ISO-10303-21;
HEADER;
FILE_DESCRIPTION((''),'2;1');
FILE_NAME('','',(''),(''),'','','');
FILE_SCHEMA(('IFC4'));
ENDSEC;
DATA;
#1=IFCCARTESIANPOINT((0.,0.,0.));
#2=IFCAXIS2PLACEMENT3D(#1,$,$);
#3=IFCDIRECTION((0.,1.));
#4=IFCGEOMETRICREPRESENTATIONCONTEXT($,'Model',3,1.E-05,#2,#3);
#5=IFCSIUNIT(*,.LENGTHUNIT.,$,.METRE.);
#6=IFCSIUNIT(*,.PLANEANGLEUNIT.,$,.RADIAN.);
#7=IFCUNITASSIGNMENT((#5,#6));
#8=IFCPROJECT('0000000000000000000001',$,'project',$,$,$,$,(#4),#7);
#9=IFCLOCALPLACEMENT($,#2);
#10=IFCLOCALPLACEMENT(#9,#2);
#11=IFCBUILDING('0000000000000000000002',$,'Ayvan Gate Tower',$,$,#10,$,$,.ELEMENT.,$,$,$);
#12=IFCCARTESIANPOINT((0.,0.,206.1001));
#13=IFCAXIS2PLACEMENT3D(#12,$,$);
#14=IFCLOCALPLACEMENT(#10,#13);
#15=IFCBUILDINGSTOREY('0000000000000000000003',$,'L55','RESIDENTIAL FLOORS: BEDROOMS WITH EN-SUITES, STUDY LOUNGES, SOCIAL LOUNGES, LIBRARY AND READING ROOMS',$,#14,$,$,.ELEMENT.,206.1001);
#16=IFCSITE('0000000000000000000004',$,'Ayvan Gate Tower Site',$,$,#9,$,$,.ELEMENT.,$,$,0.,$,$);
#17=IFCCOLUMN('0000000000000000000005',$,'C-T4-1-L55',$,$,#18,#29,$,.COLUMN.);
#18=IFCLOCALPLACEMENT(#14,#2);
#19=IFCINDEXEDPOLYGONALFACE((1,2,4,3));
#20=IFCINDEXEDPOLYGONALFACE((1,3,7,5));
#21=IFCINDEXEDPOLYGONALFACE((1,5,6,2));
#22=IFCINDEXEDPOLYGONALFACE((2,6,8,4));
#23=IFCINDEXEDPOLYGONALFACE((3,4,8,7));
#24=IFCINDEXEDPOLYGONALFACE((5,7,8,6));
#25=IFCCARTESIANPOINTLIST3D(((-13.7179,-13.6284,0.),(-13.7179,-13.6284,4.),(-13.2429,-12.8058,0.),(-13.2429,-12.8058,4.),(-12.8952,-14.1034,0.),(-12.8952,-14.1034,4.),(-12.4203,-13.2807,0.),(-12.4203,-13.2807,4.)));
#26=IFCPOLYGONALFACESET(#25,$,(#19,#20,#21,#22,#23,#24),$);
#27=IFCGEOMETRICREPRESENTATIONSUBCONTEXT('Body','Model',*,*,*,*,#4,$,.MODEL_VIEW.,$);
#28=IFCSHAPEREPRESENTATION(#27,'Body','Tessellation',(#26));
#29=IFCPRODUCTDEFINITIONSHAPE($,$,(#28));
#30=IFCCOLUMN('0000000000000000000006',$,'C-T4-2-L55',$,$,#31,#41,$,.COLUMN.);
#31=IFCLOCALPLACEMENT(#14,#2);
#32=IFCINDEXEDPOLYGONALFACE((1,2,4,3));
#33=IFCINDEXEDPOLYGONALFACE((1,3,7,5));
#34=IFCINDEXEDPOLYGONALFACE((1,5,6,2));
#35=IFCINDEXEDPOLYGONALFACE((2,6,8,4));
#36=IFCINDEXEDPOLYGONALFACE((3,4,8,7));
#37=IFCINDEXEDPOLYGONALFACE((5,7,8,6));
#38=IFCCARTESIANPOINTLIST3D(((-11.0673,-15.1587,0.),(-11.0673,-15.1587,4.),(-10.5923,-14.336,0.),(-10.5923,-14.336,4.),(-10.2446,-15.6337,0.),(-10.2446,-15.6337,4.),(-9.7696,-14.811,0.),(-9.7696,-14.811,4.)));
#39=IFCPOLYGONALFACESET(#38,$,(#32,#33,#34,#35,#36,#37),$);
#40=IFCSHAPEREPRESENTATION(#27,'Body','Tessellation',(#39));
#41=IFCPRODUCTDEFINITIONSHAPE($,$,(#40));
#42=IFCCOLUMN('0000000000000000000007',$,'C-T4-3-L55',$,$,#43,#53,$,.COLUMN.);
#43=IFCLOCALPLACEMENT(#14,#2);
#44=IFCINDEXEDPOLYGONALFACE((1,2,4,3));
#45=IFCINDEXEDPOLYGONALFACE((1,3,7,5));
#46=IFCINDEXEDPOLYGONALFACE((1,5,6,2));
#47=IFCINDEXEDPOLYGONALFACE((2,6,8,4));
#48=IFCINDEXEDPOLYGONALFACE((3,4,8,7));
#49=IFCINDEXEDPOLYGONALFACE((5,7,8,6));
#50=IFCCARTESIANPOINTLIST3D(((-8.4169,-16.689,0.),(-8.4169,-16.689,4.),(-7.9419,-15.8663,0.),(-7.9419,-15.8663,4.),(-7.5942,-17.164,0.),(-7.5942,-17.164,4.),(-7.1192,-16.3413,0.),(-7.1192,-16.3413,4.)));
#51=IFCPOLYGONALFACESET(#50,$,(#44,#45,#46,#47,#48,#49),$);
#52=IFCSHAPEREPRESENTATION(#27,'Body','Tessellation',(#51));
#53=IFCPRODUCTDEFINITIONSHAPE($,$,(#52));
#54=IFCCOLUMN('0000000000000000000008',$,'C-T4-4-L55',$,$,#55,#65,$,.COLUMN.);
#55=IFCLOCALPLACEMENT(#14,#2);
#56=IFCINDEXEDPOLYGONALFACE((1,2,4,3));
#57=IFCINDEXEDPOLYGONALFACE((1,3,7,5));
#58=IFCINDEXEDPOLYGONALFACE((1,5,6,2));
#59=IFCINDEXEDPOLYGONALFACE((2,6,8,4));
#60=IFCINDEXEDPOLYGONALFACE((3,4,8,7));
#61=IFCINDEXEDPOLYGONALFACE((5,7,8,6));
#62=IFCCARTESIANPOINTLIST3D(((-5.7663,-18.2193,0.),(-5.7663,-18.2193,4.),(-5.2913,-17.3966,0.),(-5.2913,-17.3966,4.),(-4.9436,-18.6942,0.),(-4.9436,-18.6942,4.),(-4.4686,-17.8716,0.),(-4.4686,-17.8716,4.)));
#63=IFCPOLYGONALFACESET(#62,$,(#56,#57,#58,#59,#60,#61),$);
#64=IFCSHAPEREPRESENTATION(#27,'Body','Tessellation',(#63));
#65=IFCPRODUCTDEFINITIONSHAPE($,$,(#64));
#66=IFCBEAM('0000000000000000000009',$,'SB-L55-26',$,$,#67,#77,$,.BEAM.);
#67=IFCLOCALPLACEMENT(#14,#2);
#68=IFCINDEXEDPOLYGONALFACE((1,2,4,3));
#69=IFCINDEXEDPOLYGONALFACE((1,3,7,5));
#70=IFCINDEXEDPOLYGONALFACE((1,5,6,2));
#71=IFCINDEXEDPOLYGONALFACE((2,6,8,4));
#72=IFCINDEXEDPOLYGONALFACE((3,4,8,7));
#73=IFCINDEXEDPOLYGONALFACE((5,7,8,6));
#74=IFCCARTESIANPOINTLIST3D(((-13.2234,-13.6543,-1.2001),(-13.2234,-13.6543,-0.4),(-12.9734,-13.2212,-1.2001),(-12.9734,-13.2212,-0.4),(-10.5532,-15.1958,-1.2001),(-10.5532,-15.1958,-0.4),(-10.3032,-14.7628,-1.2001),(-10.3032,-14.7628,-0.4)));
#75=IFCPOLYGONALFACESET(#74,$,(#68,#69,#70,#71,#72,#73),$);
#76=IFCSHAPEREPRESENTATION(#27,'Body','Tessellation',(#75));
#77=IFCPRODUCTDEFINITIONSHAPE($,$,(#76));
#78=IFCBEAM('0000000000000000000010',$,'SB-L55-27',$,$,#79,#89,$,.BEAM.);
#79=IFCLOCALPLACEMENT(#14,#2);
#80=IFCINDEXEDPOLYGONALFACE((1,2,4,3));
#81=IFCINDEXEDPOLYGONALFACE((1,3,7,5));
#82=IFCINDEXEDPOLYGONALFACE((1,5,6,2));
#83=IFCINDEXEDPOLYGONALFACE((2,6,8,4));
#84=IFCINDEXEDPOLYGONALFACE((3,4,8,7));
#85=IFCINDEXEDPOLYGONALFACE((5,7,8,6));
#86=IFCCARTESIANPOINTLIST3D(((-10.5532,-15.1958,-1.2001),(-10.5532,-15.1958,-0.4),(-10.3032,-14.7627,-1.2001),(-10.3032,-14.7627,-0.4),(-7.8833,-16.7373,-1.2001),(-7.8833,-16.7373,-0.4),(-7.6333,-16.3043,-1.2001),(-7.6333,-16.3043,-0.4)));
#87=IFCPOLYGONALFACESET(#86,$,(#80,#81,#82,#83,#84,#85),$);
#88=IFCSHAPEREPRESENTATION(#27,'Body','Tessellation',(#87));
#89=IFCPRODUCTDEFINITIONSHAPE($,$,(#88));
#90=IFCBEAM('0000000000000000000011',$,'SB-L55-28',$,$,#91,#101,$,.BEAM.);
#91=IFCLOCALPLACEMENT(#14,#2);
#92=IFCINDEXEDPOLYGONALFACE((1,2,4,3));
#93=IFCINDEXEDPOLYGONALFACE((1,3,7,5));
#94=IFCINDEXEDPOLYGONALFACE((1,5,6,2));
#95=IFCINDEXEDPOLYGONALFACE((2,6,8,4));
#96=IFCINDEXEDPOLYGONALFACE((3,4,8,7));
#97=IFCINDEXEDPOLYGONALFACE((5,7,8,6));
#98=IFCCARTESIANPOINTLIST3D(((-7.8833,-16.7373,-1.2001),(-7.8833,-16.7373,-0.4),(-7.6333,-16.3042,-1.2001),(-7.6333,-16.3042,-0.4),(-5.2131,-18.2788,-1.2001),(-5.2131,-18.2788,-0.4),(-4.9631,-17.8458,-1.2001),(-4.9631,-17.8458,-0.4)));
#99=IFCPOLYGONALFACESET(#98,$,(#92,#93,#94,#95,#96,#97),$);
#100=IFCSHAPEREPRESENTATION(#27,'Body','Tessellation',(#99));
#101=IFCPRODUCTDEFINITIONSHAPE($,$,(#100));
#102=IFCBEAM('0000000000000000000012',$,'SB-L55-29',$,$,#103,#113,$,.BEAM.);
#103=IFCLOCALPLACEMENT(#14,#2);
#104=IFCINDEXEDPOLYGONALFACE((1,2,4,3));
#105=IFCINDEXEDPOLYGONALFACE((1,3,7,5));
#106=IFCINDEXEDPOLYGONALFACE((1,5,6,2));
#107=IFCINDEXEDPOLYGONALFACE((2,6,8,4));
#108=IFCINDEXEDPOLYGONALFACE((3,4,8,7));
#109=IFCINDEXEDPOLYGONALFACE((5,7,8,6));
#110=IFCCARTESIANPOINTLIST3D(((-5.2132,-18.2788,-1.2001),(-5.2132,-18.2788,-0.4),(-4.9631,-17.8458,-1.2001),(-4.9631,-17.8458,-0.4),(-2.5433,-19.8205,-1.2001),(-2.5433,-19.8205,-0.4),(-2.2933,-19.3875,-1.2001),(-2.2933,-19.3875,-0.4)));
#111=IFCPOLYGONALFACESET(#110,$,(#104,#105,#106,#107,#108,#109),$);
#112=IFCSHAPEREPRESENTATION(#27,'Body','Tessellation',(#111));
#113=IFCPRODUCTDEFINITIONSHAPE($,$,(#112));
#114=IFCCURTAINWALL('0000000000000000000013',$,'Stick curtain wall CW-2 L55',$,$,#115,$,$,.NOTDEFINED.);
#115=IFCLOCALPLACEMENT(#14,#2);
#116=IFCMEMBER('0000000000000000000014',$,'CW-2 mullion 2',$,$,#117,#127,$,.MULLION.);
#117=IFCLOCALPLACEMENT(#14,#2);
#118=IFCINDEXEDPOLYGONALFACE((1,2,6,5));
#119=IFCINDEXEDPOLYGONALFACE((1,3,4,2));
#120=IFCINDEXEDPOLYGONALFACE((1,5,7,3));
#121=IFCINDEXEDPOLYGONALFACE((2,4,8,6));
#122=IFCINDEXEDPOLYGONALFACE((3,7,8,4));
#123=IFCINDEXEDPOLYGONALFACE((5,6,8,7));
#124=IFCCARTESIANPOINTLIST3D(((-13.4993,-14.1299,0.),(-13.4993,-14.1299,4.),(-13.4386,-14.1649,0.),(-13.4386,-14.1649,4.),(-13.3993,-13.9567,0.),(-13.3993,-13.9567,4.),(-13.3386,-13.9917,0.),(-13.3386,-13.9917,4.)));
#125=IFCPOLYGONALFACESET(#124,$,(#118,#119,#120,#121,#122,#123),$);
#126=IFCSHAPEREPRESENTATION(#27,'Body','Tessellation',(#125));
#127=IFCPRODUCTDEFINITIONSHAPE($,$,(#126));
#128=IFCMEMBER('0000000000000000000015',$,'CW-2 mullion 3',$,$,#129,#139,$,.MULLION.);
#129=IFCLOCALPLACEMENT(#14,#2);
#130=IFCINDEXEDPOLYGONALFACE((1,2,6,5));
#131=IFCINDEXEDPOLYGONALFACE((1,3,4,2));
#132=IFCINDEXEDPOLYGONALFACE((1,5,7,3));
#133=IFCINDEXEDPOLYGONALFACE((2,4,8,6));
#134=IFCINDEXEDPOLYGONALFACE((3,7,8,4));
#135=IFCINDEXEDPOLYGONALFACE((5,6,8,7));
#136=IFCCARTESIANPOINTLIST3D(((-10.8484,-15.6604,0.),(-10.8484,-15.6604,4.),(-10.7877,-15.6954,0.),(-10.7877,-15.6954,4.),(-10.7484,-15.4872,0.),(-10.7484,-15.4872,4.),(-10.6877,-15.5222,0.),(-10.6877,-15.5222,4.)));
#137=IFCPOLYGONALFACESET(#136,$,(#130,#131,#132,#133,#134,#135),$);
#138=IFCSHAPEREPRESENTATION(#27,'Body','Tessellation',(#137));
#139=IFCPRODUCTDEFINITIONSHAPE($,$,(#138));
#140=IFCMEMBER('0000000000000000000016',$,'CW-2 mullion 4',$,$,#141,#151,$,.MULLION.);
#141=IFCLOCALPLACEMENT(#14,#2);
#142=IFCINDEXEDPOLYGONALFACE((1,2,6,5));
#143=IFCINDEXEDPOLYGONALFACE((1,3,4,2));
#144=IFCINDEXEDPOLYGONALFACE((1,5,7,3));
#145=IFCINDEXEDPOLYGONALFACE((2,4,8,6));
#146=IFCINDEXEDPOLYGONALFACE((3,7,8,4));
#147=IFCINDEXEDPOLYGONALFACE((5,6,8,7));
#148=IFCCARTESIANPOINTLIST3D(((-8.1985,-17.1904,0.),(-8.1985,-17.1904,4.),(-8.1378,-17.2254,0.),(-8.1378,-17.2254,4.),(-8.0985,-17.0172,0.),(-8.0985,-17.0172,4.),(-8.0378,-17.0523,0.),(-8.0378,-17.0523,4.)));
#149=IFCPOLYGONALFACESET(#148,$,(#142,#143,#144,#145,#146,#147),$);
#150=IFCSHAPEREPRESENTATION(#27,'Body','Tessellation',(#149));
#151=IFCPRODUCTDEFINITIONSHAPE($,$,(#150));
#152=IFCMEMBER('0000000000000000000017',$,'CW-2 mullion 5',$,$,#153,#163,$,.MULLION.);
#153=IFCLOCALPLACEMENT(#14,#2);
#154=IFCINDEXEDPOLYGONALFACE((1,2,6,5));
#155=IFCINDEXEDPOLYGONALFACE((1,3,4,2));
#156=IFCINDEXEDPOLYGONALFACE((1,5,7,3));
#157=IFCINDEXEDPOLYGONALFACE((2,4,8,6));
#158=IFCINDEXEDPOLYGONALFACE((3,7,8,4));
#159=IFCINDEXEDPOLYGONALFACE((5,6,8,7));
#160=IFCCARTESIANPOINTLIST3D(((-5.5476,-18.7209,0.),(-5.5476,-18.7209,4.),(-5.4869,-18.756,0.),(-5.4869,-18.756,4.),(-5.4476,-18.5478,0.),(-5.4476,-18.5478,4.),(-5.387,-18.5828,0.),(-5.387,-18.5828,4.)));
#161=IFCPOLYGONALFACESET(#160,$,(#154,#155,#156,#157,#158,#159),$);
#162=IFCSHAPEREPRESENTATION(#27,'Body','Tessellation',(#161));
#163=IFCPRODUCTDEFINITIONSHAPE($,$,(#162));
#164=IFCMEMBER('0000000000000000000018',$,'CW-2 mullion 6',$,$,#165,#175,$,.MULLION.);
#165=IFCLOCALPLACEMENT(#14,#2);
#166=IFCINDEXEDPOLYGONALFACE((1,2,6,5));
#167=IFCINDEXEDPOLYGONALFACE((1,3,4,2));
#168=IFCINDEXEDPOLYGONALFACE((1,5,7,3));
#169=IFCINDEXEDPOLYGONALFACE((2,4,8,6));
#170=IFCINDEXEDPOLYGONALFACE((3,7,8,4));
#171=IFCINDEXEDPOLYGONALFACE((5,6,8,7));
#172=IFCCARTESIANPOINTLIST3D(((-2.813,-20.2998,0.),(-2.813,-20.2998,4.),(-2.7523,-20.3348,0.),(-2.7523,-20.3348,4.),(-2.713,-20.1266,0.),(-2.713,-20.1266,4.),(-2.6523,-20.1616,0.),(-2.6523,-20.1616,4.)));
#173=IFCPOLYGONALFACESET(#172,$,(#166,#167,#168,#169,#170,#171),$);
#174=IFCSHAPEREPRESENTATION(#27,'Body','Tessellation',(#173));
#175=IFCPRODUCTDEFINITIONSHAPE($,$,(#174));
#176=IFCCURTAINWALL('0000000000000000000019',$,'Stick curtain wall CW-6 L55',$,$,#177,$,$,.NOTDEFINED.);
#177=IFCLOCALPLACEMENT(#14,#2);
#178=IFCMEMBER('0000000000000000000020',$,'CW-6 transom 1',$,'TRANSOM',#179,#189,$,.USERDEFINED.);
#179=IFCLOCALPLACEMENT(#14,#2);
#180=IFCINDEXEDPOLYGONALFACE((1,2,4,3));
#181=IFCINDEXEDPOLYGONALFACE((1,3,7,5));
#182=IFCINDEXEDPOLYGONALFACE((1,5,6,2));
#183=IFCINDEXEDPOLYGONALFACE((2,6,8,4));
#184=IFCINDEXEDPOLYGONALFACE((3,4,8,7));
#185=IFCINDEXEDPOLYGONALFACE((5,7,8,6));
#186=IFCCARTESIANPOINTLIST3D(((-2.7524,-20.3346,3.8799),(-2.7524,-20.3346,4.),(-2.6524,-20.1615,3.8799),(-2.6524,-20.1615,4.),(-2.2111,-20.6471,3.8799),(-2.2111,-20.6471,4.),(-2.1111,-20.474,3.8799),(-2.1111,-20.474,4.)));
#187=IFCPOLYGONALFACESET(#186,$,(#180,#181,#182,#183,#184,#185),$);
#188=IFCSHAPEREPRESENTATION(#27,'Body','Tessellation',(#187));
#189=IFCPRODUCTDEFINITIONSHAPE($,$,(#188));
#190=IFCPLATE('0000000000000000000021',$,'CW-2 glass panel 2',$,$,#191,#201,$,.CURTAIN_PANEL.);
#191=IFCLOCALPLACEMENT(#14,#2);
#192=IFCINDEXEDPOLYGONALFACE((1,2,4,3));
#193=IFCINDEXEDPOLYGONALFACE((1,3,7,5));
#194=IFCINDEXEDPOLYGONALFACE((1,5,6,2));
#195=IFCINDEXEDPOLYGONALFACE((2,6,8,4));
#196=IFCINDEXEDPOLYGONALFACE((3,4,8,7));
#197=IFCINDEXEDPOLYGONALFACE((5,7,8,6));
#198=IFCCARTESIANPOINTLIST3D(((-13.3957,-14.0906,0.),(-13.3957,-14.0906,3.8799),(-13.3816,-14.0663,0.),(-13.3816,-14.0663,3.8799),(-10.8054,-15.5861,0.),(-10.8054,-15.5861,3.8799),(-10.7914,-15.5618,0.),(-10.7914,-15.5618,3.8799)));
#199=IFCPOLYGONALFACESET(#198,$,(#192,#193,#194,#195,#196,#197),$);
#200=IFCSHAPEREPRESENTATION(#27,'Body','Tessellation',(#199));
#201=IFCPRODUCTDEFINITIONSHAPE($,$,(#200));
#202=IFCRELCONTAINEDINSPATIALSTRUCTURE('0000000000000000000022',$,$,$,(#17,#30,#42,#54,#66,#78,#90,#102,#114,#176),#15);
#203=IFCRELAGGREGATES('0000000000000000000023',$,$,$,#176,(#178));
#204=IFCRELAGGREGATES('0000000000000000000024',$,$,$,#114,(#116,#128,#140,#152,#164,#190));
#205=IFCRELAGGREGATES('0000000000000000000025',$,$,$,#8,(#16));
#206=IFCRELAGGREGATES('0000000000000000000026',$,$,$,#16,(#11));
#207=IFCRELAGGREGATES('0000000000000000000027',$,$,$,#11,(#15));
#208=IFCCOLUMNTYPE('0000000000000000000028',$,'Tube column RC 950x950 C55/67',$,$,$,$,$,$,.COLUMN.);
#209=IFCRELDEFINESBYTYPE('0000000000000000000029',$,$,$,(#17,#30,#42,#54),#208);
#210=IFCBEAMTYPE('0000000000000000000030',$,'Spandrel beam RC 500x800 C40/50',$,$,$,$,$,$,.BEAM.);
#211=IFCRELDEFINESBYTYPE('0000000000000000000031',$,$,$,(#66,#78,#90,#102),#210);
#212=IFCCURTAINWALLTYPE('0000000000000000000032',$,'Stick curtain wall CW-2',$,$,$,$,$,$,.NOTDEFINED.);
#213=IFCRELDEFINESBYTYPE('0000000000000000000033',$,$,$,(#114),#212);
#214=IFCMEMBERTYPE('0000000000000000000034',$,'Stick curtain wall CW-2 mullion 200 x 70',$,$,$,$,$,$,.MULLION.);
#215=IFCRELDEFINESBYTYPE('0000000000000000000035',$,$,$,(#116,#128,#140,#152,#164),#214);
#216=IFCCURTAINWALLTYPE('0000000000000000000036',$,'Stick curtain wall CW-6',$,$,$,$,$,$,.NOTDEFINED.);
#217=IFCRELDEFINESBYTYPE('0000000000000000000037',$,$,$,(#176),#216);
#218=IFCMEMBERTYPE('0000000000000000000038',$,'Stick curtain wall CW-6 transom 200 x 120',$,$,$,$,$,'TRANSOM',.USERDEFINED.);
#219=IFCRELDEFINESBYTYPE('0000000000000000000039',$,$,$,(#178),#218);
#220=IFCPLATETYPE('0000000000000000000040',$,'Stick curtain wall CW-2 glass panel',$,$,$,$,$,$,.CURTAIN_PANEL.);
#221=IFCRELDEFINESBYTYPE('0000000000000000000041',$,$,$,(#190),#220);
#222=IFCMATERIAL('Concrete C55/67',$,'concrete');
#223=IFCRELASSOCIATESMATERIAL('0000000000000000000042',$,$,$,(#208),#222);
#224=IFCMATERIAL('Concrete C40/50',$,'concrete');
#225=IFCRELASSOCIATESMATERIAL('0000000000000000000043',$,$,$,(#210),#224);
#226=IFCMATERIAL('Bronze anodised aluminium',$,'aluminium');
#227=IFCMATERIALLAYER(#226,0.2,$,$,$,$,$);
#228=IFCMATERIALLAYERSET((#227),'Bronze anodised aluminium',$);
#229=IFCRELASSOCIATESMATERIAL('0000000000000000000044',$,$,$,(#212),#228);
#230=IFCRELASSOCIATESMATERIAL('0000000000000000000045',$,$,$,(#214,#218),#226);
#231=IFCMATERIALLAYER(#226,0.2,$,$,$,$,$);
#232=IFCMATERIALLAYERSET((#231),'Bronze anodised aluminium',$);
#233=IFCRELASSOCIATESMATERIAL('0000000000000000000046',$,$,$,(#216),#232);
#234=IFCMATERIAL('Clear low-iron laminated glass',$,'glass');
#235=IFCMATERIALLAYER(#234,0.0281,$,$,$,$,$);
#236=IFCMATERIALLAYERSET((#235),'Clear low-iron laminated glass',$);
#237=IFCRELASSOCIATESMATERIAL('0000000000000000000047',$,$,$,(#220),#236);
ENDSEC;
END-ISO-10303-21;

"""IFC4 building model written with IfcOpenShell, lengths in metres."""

from ifc_helpers import new_model, si_unit, direction, frame, origin, origin_2d, place, context, subcontext, project, spatial, rectangle, extrude, material, layer, layer_set, material_profile, profile_set, type_object, element, aggregate, save


model = new_model("IFC4")

# Units and contexts
model_context = context("Model", 3, precision=1e-05, world=origin(), true_north=direction((0.0, 1.0)))
body_context = subcontext(model_context, "Body", "Model", "MODEL_VIEW")
ifc_project = project(units=[si_unit("LENGTHUNIT", "METRE"), si_unit("PLANEANGLEUNIT", "RADIAN")], contexts=[model_context])

# Site, building, storey
site_placement = place(None, origin())
site = spatial("IfcSite", under=ifc_project, at=site_placement, Name="Ayvan Gate Tower Site", CompositionType="ELEMENT", RefElevation=0.0)
building_placement = place(site_placement, origin())
building = spatial("IfcBuilding", under=site, at=building_placement, Name="Ayvan Gate Tower", CompositionType="ELEMENT")
storey_placement = place(building_placement, frame((0.0, 0.0, 206.1001)))
storey = spatial("IfcBuildingStorey", under=building, at=storey_placement, Name="L55", Description="RESIDENTIAL FLOORS: BEDROOMS WITH EN-SUITES, STUDY LOUNGES, SOCIAL LOUNGES, LIBRARY AND READING ROOMS", CompositionType="ELEMENT", Elevation=206.1001)

# Columns
ifc_material_1 = material(Name="Concrete C55/67", Category="concrete")
ifc_material_profile_1 = material_profile(ifc_material_1, rectangle(XDim=0.95, YDim=0.95, at=origin_2d()), Name="RC 950x950")
ifc_profile_set_1 = profile_set([ifc_material_profile_1], Name="Concrete C55/67")
column_type = type_object("IfcColumnType", Name="Tube column RC 950x950 C55/67", PredefinedType="COLUMN", material=ifc_profile_set_1)
for number, where, z_axis, x_axis, name in (
    (1, (-13.0691, -13.4546, 0.0), (0.0, 0.0, 1.0), (-0.5, -0.866025, 0.0), "C-T4-1-L55"),
    (2, (-10.4185, -14.9849, 0.0), (0.0, 0.0, 1.0), (-0.5, -0.866025, 0.0), "C-T4-2-L55"),
    (3, (-7.7681, -16.5151, 0.0), (0.0, 0.0, 1.0), (-0.5, -0.866025, 0.0), "C-T4-3-L55"),
    (4, (-5.1174, -18.0454, 0.0), (0.0, 0.0, 1.0), (-0.5, -0.866025, 0.0), "C-T4-4-L55"),
):
    element("IfcColumn", number, at=place(storey_placement, frame(where, z_axis=z_axis, x_axis=x_axis)), inside=storey, type_object=column_type, Name=name, PredefinedType="COLUMN", context=body_context, shape_type="SweptSolid", body=[
        extrude(rectangle(XDim=0.95, YDim=0.95, at=origin_2d()), origin(), (0.0, 0.0, 1.0), 4.0),
    ])

# Beams
ifc_material_2 = material(Name="Concrete C40/50", Category="concrete")
ifc_material_profile_2 = material_profile(ifc_material_2, rectangle(XDim=0.5, YDim=0.8, at=origin_2d()), Name="RC 500x800")
ifc_profile_set_2 = profile_set([ifc_material_profile_2], Name="Concrete C40/50")
beam_type = type_object("IfcBeamType", Name="Spandrel beam RC 500x800 C40/50", PredefinedType="BEAM", material=ifc_profile_set_2)
beam_1_placement = place(storey_placement, frame((-13.0984, -13.4377, -0.8), z_axis=(0.866042, -0.499971, 0.0), x_axis=(0.499971, 0.866042, 0.0)))
element("IfcBeam", 5, at=beam_1_placement, inside=storey, type_object=beam_type, Name="SB-L55-26", PredefinedType="BEAM", context=body_context, shape_type="SweptSolid", body=[
    extrude(rectangle(XDim=0.5, YDim=0.8, at=origin_2d()), origin(), (0.0, 0.0, 1.0), 3.0833),
])
beam_2_placement = place(storey_placement, frame((-10.4282, -14.9792, -0.8), z_axis=(0.866022, -0.500006, 0.0), x_axis=(0.500006, 0.866022, 0.0)))
element("IfcBeam", 6, at=beam_2_placement, inside=storey, type_object=beam_type, Name="SB-L55-27", PredefinedType="BEAM", context=body_context, shape_type="SweptSolid", body=[
    extrude(rectangle(XDim=0.5, YDim=0.8, at=origin_2d()), origin(), (0.0, 0.0, 1.0), 3.083),
])
beam_3_placement = place(storey_placement, frame((-7.7583, -16.5208, -0.8), z_axis=(0.866042, -0.499971, 0.0), x_axis=(0.499971, 0.866042, 0.0)))
element("IfcBeam", 7, at=beam_3_placement, inside=storey, type_object=beam_type, Name="SB-L55-28", PredefinedType="BEAM", context=body_context, shape_type="SweptSolid", body=[
    extrude(rectangle(XDim=0.5, YDim=0.8, at=origin_2d()), origin(), (0.0, 0.0, 1.0), 3.0833),
])
beam_4_placement = place(storey_placement, frame((-5.0881, -18.0623, -0.8), z_axis=(0.865988, -0.500065, 0.0), x_axis=(0.500065, 0.865988, 0.0)))
element("IfcBeam", 8, at=beam_4_placement, inside=storey, type_object=beam_type, Name="SB-L55-29", PredefinedType="BEAM", context=body_context, shape_type="SweptSolid", body=[
    extrude(rectangle(XDim=0.5, YDim=0.8, at=origin_2d()), origin(), (0.0, 0.0, 1.0), 3.083),
])

# Curtain wall, members
ifc_material_3 = material(Name="Bronze anodised aluminium", Category="aluminium")
ifc_layer_1 = layer(ifc_material_3, 0.2)
ifc_layer_set_1 = layer_set([ifc_layer_1], Name="Bronze anodised aluminium")
curtain_wall_type_1 = type_object("IfcCurtainWallType", Name="Stick curtain wall CW-2", PredefinedType="NOTDEFINED", material=ifc_layer_set_1)
curtain_wall_1_placement = place(storey_placement, origin())
curtain_wall_1 = element("IfcCurtainWall", 9, at=curtain_wall_1_placement, inside=storey, type_object=curtain_wall_type_1, Name="Stick curtain wall CW-2 L55", PredefinedType="NOTDEFINED")
ifc_material_profile_3 = material_profile(ifc_material_3, rectangle(XDim=0.2, YDim=0.0701, at=origin_2d()), Name="Stick curtain wall CW-2 mullion 200 x 70")
ifc_profile_set_3 = profile_set([ifc_material_profile_3], Name="Bronze anodised aluminium")
member_type_1 = type_object("IfcMemberType", Name="Stick curtain wall CW-2 mullion 200 x 70", PredefinedType="MULLION", material=ifc_profile_set_3)
member_1_placement = place(storey_placement, frame((-13.4189, -14.0608, 0.0), z_axis=(0.0, 0.0, 1.0), x_axis=(-0.5, -0.866025, 0.0)))
member_1 = element("IfcMember", 10, at=member_1_placement, type_object=member_type_1, Name="CW-2 mullion 2", PredefinedType="MULLION", context=body_context, shape_type="SweptSolid", body=[
    extrude(rectangle(XDim=0.2, YDim=0.0701, at=origin_2d()), origin(), (0.0, 0.0, 1.0), 4.0),
])
member_2_placement = place(storey_placement, frame((-10.7681, -15.5913, 0.0), z_axis=(0.0, 0.0, 1.0), x_axis=(-0.5, -0.866025, 0.0)))
member_2 = element("IfcMember", 11, at=member_2_placement, type_object=member_type_1, Name="CW-2 mullion 3", PredefinedType="MULLION", context=body_context, shape_type="SweptSolid", body=[
    extrude(rectangle(XDim=0.2, YDim=0.0701, at=origin_2d()), origin(), (0.0, 0.0, 1.0), 4.0),
])
member_3_placement = place(storey_placement, frame((-8.1182, -17.1213, 0.0), z_axis=(0.0, 0.0, 1.0), x_axis=(-0.5, -0.866025, 0.0)))
member_3 = element("IfcMember", 12, at=member_3_placement, type_object=member_type_1, Name="CW-2 mullion 4", PredefinedType="MULLION", context=body_context, shape_type="SweptSolid", body=[
    extrude(rectangle(XDim=0.2, YDim=0.0701, at=origin_2d()), origin(), (0.0, 0.0, 1.0), 4.0),
])
member_4_placement = place(storey_placement, frame((-5.4673, -18.6519, 0.0), z_axis=(0.0, 0.0, 1.0), x_axis=(-0.5, -0.866025, 0.0)))
member_4 = element("IfcMember", 13, at=member_4_placement, type_object=member_type_1, Name="CW-2 mullion 5", PredefinedType="MULLION", context=body_context, shape_type="SweptSolid", body=[
    extrude(rectangle(XDim=0.2, YDim=0.0701, at=origin_2d()), origin(), (0.0, 0.0, 1.0), 4.0),
])
member_5_placement = place(storey_placement, frame((-2.7327, -20.2307, 0.0), z_axis=(0.0, 0.0, 1.0), x_axis=(-0.5, -0.866025, 0.0)))
member_5 = element("IfcMember", 14, at=member_5_placement, type_object=member_type_1, Name="CW-2 mullion 6", PredefinedType="MULLION", context=body_context, shape_type="SweptSolid", body=[
    extrude(rectangle(XDim=0.2, YDim=0.0701, at=origin_2d()), origin(), (0.0, 0.0, 1.0), 4.0),
])

# Curtain wall, member
ifc_layer_2 = layer(ifc_material_3, 0.2)
ifc_layer_set_2 = layer_set([ifc_layer_2], Name="Bronze anodised aluminium")
curtain_wall_type_2 = type_object("IfcCurtainWallType", Name="Stick curtain wall CW-6", PredefinedType="NOTDEFINED", material=ifc_layer_set_2)
curtain_wall_2_placement = place(storey_placement, origin())
curtain_wall_2 = element("IfcCurtainWall", 15, at=curtain_wall_2_placement, inside=storey, type_object=curtain_wall_type_2, Name="Stick curtain wall CW-6 L55", PredefinedType="NOTDEFINED")
ifc_material_profile_4 = material_profile(ifc_material_3, rectangle(XDim=0.2, YDim=0.1201, at=origin_2d()), Name="Stick curtain wall CW-6 transom 200 x 120")
ifc_profile_set_4 = profile_set([ifc_material_profile_4], Name="Bronze anodised aluminium")
member_type_2 = type_object("IfcMemberType", Name="Stick curtain wall CW-6 transom 200 x 120", ElementType="TRANSOM", PredefinedType="USERDEFINED", material=ifc_profile_set_4)
member_6_placement = place(storey_placement, frame((-2.7024, -20.248, 3.9399), z_axis=(0.866023, -0.500004, 0.0), x_axis=(0.500004, 0.866023, 0.0)))
member_6 = element("IfcMember", 16, at=member_6_placement, type_object=member_type_2, Name="CW-6 transom 1", ObjectType="TRANSOM", PredefinedType="USERDEFINED", context=body_context, shape_type="SweptSolid", body=[
    extrude(rectangle(XDim=0.2, YDim=0.1201, at=origin_2d()), origin(), (0.0, 0.0, 1.0), 0.625),
])
aggregate(curtain_wall_2, [member_6])

# Plate
ifc_material_4 = material(Name="Clear low-iron laminated glass", Category="glass")
ifc_layer_3 = layer(ifc_material_4, 0.0281)
ifc_layer_set_3 = layer_set([ifc_layer_3], Name="Clear low-iron laminated glass")
plate_type_1 = type_object("IfcPlateType", Name="Stick curtain wall CW-2 glass panel", PredefinedType="CURTAIN_PANEL", material=ifc_layer_set_3)
plate_1_placement = place(storey_placement, frame((-12.0935, -14.8262, 0.0), z_axis=(0.0, 0.0, 1.0), x_axis=(0.866025, -0.5, 0.0)))
plate_1 = element("IfcPlate", 17, at=plate_1_placement, type_object=plate_type_1, Name="CW-2 glass panel 2", PredefinedType="CURTAIN_PANEL", context=body_context, shape_type="SweptSolid", body=[
    extrude(rectangle(XDim=2.991, YDim=0.0281, at=origin_2d()), origin(), (0.0, 0.0, 1.0), 3.8799),
])
aggregate(curtain_wall_1, [member_1, member_2, member_3, member_4, member_5, plate_1])

save(model, "model.ifc")
